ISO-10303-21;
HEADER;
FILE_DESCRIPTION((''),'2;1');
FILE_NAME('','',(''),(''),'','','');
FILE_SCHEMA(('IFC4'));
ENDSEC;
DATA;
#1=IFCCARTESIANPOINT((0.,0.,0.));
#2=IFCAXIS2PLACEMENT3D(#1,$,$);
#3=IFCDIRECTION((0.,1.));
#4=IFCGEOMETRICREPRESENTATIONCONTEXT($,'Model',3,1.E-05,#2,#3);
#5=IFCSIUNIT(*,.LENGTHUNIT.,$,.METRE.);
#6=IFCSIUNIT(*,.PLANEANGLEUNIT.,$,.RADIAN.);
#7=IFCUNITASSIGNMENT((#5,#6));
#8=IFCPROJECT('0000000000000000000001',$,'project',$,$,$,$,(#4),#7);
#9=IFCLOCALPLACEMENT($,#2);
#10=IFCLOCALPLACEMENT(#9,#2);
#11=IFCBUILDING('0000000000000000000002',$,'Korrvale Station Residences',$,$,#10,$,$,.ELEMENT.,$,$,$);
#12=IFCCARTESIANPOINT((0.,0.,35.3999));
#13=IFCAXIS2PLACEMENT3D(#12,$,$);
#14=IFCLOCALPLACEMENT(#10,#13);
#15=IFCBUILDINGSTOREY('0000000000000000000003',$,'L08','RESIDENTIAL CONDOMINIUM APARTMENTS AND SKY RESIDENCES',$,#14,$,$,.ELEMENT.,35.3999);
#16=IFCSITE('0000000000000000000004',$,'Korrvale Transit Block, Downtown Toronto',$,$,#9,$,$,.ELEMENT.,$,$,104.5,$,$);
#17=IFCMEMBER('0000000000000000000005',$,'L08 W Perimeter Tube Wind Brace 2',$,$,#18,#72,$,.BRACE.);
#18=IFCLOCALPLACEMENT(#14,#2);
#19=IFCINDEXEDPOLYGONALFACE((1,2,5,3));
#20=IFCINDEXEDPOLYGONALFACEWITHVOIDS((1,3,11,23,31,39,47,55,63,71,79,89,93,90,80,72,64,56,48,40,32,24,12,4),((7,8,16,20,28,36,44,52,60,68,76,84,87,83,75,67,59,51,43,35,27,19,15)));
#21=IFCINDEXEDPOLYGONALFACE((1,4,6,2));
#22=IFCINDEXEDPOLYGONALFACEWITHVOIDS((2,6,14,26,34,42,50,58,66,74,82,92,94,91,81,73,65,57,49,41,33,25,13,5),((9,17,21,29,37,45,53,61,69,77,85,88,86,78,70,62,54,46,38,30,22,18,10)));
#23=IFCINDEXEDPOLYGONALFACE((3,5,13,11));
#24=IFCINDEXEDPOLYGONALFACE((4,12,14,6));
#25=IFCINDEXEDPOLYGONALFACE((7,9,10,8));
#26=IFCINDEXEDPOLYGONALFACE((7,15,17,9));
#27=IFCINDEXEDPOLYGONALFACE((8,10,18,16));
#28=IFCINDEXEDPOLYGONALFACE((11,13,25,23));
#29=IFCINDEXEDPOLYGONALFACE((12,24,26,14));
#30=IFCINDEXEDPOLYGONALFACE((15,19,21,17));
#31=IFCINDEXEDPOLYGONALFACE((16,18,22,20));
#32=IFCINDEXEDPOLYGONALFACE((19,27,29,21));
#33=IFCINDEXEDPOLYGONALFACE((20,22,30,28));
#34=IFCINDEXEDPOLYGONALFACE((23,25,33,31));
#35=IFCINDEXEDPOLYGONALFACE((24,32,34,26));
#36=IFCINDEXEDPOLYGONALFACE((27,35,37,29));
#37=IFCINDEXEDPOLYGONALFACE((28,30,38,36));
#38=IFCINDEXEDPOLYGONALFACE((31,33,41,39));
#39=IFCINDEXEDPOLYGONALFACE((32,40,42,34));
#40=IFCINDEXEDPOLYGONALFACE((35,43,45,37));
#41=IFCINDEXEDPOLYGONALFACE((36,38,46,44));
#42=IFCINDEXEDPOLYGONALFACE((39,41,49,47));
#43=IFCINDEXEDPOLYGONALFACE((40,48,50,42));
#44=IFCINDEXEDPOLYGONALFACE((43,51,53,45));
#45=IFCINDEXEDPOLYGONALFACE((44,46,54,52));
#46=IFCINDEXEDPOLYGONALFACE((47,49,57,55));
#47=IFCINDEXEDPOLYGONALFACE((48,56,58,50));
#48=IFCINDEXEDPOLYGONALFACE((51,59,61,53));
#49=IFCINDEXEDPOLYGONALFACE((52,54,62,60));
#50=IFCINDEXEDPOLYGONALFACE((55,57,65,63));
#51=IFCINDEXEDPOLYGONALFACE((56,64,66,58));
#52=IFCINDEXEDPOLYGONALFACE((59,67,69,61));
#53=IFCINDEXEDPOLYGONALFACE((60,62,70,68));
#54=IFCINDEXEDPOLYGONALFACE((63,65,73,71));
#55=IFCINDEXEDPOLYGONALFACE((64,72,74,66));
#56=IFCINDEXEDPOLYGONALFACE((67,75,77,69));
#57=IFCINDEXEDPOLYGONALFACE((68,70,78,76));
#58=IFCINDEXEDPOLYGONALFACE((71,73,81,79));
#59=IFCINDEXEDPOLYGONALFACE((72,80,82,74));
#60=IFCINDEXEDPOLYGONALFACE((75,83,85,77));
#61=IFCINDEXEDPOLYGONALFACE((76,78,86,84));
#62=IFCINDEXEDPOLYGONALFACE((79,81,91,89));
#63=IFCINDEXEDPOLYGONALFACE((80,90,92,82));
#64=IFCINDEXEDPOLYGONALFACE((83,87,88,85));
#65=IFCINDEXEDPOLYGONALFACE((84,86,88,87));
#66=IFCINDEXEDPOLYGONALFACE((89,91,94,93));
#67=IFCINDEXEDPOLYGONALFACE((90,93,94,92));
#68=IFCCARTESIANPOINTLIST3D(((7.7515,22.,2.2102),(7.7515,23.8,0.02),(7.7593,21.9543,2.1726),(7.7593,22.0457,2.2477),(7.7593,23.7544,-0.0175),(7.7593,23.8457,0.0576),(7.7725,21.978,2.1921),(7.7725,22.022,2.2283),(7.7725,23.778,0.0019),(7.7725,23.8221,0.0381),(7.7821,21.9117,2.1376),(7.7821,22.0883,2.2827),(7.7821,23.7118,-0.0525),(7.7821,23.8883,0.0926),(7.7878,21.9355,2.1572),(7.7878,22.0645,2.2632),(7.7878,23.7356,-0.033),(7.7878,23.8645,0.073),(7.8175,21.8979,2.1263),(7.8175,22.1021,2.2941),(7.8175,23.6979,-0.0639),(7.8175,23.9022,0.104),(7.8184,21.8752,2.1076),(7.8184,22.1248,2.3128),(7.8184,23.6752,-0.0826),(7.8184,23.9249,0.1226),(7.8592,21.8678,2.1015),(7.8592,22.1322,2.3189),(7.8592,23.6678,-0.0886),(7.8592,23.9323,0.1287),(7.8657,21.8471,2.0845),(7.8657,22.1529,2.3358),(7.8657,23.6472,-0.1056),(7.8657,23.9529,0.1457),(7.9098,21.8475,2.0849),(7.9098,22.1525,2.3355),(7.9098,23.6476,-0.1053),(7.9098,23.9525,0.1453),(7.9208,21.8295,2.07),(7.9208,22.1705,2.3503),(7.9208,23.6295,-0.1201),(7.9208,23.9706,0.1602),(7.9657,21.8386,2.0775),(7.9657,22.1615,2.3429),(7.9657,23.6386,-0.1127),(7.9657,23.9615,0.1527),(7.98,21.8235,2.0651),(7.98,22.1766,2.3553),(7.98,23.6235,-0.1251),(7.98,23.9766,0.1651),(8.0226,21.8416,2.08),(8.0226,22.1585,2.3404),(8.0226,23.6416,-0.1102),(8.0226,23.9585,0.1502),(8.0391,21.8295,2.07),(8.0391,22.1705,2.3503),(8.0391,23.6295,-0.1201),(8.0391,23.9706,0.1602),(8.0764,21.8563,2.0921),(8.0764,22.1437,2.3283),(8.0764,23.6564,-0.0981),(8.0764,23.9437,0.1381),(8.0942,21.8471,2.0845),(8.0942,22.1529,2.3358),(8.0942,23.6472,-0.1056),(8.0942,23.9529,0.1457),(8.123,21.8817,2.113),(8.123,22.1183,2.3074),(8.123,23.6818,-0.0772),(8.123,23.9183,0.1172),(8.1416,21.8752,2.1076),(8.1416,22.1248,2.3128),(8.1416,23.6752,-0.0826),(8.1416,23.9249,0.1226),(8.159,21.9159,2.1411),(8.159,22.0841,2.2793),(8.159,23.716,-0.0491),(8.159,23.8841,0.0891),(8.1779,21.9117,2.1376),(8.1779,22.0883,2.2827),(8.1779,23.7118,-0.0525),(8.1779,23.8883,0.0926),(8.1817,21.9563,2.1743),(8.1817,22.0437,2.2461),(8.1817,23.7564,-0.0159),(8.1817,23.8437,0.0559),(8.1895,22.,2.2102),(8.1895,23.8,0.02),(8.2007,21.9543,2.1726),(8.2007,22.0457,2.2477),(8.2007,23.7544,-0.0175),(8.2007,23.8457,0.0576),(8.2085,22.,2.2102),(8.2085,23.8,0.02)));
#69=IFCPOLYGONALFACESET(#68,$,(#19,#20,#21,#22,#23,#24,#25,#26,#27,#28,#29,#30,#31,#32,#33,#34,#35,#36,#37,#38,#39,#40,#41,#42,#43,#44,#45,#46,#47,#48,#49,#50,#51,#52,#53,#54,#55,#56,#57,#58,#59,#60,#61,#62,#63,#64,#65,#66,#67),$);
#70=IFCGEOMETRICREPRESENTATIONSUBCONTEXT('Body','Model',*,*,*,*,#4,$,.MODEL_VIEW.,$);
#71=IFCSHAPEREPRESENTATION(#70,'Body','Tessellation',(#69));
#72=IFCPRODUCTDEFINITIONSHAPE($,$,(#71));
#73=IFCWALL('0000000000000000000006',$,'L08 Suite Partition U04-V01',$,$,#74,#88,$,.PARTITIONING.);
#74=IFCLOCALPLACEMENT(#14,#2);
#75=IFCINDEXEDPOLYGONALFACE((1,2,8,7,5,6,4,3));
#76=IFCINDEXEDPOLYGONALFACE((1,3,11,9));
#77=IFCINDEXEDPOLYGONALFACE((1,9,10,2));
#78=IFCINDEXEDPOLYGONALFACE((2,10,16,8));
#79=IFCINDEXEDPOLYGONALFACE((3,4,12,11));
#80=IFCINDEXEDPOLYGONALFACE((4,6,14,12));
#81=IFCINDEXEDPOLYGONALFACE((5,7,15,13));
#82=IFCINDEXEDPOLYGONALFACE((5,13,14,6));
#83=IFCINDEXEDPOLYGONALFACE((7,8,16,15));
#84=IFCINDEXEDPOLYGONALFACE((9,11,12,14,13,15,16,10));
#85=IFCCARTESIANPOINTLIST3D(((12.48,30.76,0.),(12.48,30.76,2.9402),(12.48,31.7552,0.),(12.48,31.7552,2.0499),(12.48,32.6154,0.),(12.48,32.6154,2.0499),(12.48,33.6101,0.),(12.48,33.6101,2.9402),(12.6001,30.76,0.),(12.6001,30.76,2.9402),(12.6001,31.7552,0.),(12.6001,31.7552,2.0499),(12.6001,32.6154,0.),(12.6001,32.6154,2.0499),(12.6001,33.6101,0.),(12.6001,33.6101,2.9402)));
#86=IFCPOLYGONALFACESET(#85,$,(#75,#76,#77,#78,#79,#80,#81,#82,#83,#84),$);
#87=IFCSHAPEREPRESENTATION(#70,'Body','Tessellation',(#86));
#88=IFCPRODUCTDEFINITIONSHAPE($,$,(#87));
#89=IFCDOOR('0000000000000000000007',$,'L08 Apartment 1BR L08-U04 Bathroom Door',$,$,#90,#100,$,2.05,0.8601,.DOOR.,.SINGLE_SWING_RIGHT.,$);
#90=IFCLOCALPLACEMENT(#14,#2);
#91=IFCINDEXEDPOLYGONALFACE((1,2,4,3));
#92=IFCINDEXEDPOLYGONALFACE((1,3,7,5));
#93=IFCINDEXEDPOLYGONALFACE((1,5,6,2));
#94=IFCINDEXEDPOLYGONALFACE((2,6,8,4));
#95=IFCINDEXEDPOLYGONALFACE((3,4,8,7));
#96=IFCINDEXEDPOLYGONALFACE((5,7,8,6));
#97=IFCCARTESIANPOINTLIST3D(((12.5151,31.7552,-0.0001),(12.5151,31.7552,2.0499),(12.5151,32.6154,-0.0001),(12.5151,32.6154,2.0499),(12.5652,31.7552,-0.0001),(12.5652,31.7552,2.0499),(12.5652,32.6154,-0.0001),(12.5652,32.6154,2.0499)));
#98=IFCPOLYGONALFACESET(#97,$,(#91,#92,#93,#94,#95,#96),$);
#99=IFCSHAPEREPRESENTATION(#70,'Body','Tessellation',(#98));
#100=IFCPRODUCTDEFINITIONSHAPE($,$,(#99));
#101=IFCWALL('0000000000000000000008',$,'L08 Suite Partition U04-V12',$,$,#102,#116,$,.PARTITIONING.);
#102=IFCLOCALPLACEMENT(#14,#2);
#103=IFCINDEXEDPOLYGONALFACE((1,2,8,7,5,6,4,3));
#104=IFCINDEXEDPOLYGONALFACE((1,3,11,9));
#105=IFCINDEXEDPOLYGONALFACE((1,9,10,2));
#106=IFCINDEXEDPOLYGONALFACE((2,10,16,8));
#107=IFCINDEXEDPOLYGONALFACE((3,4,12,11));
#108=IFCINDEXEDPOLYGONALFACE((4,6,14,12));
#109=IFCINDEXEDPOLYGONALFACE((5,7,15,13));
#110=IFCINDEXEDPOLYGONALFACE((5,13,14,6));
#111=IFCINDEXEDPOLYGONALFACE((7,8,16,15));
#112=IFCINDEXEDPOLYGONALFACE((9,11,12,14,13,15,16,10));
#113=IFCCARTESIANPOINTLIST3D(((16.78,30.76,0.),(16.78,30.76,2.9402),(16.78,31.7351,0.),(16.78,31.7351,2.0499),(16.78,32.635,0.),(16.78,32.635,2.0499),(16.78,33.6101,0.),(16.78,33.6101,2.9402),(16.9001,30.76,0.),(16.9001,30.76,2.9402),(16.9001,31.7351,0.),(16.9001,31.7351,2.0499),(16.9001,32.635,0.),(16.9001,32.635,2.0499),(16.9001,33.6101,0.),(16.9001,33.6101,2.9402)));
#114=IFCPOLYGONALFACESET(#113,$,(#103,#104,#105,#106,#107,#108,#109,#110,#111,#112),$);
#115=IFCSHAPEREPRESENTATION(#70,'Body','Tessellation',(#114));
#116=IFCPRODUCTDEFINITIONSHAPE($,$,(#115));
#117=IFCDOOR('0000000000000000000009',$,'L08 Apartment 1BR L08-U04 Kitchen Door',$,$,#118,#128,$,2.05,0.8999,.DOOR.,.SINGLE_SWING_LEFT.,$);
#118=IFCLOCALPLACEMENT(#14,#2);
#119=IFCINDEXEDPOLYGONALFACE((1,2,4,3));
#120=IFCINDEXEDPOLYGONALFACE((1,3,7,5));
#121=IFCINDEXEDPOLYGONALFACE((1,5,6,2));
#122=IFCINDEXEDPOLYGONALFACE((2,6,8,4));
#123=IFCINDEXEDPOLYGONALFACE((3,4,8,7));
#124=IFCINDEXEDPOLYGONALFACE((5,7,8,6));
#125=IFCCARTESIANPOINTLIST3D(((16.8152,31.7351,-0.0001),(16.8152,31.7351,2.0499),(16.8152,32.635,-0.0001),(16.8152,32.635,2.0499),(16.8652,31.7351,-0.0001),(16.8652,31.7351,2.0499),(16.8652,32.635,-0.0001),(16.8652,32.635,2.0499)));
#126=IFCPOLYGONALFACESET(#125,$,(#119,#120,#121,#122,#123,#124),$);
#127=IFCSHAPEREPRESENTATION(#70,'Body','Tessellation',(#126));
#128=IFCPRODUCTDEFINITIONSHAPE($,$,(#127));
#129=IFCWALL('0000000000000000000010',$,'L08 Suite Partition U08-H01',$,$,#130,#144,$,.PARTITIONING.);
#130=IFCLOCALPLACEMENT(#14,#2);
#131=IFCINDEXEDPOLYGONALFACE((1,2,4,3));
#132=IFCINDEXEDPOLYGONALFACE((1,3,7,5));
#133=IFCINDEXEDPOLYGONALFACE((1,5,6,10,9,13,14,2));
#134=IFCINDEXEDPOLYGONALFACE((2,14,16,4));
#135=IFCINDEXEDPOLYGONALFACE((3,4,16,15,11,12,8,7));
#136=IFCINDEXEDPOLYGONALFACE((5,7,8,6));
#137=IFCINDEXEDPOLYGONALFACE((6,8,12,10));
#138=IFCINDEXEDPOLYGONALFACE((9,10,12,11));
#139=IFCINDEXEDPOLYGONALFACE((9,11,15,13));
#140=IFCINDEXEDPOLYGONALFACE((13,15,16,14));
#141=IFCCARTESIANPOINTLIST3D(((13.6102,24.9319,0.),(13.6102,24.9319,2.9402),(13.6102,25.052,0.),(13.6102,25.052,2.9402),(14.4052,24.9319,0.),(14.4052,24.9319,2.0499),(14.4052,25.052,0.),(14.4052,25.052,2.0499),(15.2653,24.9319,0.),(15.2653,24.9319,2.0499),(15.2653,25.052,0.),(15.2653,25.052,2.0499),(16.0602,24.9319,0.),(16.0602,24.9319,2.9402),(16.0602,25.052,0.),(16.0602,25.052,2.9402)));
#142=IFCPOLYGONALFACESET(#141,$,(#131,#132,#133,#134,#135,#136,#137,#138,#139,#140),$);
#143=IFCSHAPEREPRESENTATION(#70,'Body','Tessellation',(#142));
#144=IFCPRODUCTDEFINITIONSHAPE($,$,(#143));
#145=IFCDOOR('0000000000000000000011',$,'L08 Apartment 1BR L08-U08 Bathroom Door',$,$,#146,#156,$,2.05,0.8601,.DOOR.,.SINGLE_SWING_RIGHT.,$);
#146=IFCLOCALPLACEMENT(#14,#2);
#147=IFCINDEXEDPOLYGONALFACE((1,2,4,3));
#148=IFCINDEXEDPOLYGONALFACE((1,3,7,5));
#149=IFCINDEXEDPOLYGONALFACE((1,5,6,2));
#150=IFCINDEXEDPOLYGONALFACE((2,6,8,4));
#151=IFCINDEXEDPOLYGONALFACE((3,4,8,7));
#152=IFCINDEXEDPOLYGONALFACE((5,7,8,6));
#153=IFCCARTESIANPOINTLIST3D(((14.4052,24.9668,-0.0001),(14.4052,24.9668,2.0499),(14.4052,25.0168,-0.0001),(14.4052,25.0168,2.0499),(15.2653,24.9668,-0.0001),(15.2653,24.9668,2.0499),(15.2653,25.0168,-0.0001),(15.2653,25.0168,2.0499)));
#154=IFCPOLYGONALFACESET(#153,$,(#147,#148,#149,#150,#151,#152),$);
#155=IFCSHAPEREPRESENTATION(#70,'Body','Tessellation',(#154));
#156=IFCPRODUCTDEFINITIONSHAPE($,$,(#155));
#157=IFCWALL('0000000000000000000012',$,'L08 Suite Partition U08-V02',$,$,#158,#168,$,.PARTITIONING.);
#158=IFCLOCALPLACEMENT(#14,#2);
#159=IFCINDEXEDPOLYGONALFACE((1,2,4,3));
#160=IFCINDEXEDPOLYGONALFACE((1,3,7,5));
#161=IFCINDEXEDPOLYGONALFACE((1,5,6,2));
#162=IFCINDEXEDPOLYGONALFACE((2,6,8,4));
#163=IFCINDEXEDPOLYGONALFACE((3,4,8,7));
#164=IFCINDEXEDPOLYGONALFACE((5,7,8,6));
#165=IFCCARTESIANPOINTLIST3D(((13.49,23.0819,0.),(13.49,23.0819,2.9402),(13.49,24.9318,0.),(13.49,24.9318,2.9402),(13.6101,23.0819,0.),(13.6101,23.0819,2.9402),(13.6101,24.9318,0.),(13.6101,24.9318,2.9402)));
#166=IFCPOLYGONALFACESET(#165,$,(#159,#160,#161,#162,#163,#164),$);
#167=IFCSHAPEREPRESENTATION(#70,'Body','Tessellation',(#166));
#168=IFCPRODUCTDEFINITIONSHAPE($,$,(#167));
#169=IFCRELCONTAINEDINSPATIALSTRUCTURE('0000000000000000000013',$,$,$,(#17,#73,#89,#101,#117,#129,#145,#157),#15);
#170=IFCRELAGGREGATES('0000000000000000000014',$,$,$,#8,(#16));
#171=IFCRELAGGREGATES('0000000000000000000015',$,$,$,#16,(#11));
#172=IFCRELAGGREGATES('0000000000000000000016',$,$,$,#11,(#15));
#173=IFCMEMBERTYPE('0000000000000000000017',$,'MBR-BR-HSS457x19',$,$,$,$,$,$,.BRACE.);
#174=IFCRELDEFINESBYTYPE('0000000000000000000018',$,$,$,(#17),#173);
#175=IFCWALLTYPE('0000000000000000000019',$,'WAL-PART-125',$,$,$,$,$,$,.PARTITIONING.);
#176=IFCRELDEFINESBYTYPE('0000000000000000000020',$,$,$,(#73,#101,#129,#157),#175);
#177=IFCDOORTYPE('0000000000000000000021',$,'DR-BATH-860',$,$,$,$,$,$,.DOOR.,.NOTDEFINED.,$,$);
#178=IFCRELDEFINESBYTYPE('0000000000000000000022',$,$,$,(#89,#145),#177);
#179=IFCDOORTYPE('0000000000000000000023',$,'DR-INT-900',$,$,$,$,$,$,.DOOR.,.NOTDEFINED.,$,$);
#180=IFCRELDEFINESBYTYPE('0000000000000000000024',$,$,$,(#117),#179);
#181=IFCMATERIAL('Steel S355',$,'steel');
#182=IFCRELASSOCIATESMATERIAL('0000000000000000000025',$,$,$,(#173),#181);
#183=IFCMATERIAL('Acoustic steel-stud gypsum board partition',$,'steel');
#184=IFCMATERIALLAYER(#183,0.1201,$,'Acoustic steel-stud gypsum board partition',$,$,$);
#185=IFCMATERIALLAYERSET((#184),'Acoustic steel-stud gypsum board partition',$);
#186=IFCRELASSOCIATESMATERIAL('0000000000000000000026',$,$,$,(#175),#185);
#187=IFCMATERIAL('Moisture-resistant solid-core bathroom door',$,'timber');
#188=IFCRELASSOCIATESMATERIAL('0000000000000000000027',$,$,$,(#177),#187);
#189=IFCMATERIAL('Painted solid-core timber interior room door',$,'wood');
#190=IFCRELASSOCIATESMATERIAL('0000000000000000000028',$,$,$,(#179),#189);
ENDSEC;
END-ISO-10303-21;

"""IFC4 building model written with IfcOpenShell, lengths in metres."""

from ifc_helpers import new_model, si_unit, direction, frame, frame_2d, origin, origin_2d, place, context, subcontext, project, spatial, rectangle, hollow_circle, extrude, material, layer, layer_set, material_profile, profile_set, type_object, element, fill, save


model = new_model("IFC4")

# Units and contexts
model_context = context("Model", 3, precision=1e-05, world=origin(), true_north=direction((0.0, 1.0)))
body_context = subcontext(model_context, "Body", "Model", "MODEL_VIEW")
ifc_project = project(units=[si_unit("LENGTHUNIT", "METRE"), si_unit("PLANEANGLEUNIT", "RADIAN")], contexts=[model_context])

# Site, building, storey
site_placement = place(None, origin())
site = spatial("IfcSite", under=ifc_project, at=site_placement, Name="Korrvale Transit Block, Downtown Toronto", CompositionType="ELEMENT", RefElevation=104.5)
building_placement = place(site_placement, origin())
building = spatial("IfcBuilding", under=site, at=building_placement, Name="Korrvale Station Residences", CompositionType="ELEMENT")
storey_placement = place(building_placement, frame((0.0, 0.0, 35.3999)))
storey = spatial("IfcBuildingStorey", under=building, at=storey_placement, Name="L08", Description="RESIDENTIAL CONDOMINIUM APARTMENTS AND SKY RESIDENCES", CompositionType="ELEMENT", Elevation=35.3999)

# Shared definitions
ifc_material_1 = material(Name="Steel S355", Category="steel")

# Member
ifc_material_profile_1 = material_profile(ifc_material_1, hollow_circle(Radius=0.2285, WallThickness=0.019, at=origin_2d()), Name="HSS457x19")
ifc_profile_set_1 = profile_set([ifc_material_profile_1], Name="Steel S355")
member_type = type_object("IfcMemberType", Name="MBR-BR-HSS457x19", PredefinedType="BRACE", material=ifc_profile_set_1)
member_placement = place(storey_placement, frame((7.98, 23.8, 0.02), z_axis=(0.0, -0.634943, 0.772559), x_axis=(1.0, 0.0, 0.0)))
element("IfcMember", 1, at=member_placement, inside=storey, type_object=member_type, Name="L08 W Perimeter Tube Wind Brace 2", PredefinedType="BRACE", context=body_context, shape_type="SweptSolid", body=[
    extrude(hollow_circle(Radius=0.2285, WallThickness=0.019, at=origin_2d()), origin(), (0.0, 0.0, 1.0), 2.835),
])

# Walls, openings, doors
ifc_material_2 = material(Name="Acoustic steel-stud gypsum board partition", Category="steel")
ifc_layer_1 = layer(ifc_material_2, 0.1201, Name="Acoustic steel-stud gypsum board partition")
ifc_layer_set_1 = layer_set([ifc_layer_1], Name="Acoustic steel-stud gypsum board partition")
wall_type_1 = type_object("IfcWallType", Name="WAL-PART-125", PredefinedType="PARTITIONING", material=ifc_layer_set_1)
wall_1_placement = place(storey_placement, frame((12.54, 30.76, 0.0), z_axis=(0.0, 0.0, 1.0), x_axis=(0.0, 1.0, 0.0)))
wall_1 = element("IfcWall", 2, at=wall_1_placement, inside=storey, type_object=wall_type_1, Name="L08 Suite Partition U04-V01", PredefinedType="PARTITIONING", context=body_context, shape_type="SweptSolid", body=[
    extrude(rectangle(XDim=2.8501, YDim=0.1201, at=frame_2d((1.425, 0.0))), origin(), (0.0, 0.0, 1.0), 2.9402),
])
opening_1_placement = place(wall_1_placement, frame((0.9951, 0.0, 0.0)))
opening_1 = element("IfcOpeningElement", 3, at=opening_1_placement, cuts=wall_1, PredefinedType="OPENING", context=body_context, shape_type="SweptSolid", body=[
    extrude(rectangle(XDim=0.8601, YDim=2.05, at=frame_2d((0.4302, 1.0249))), frame((0.0, 0.0701, 0.0), z_axis=(0.0, -1.0, 0.0), x_axis=(1.0, 0.0, 0.0)), (0.0, 0.0, 1.0), 0.1401),
])
ifc_material_3 = material(Name="Moisture-resistant solid-core bathroom door", Category="timber")
door_type_1 = type_object("IfcDoorType", Name="DR-BATH-860", OperationType="NOTDEFINED", PredefinedType="DOOR", material=ifc_material_3)
door_1_placement = place(opening_1_placement, origin())
door_1 = element("IfcDoor", 4, at=door_1_placement, inside=storey, type_object=door_type_1, Name="L08 Apartment 1BR L08-U04 Bathroom Door", OperationType="SINGLE_SWING_RIGHT", OverallHeight=2.05, OverallWidth=0.8601, PredefinedType="DOOR", context=body_context, shape_type="SweptSolid", body=[
    extrude(rectangle(XDim=0.8601, YDim=2.05, at=frame_2d((0.4302, 1.0249))), frame((0.0, 0.0249, 0.0), z_axis=(0.0, -1.0, 0.0), x_axis=(1.0, 0.0, 0.0)), (0.0, 0.0, 1.0), 0.05),
])
fill(opening_1, door_1)
wall_2_placement = place(storey_placement, frame((16.8401, 30.76, 0.0), z_axis=(0.0, 0.0, 1.0), x_axis=(0.0, 1.0, 0.0)))
wall_2 = element("IfcWall", 5, at=wall_2_placement, inside=storey, type_object=wall_type_1, Name="L08 Suite Partition U04-V12", PredefinedType="PARTITIONING", context=body_context, shape_type="SweptSolid", body=[
    extrude(rectangle(XDim=2.8501, YDim=0.1201, at=frame_2d((1.425, 0.0))), origin(), (0.0, 0.0, 1.0), 2.9402),
])
opening_2_placement = place(wall_2_placement, frame((0.9751, 0.0, 0.0)))
opening_2 = element("IfcOpeningElement", 6, at=opening_2_placement, cuts=wall_2, PredefinedType="OPENING", context=body_context, shape_type="SweptSolid", body=[
    extrude(rectangle(XDim=0.8999, YDim=2.05, at=frame_2d((0.45, 1.0249))), frame((0.0, 0.0701, 0.0), z_axis=(0.0, -1.0, 0.0), x_axis=(1.0, 0.0, 0.0)), (0.0, 0.0, 1.0), 0.1401),
])
ifc_material_4 = material(Name="Painted solid-core timber interior room door", Category="wood")
door_type_2 = type_object("IfcDoorType", Name="DR-INT-900", OperationType="NOTDEFINED", PredefinedType="DOOR", material=ifc_material_4)
door_2_placement = place(opening_2_placement, origin())
door_2 = element("IfcDoor", 7, at=door_2_placement, inside=storey, type_object=door_type_2, Name="L08 Apartment 1BR L08-U04 Kitchen Door", OperationType="SINGLE_SWING_LEFT", OverallHeight=2.05, OverallWidth=0.8999, PredefinedType="DOOR", context=body_context, shape_type="SweptSolid", body=[
    extrude(rectangle(XDim=0.8999, YDim=2.05, at=frame_2d((0.45, 1.0249))), frame((0.0, 0.0249, 0.0), z_axis=(0.0, -1.0, 0.0), x_axis=(1.0, 0.0, 0.0)), (0.0, 0.0, 1.0), 0.05),
])
fill(opening_2, door_2)
wall_3_placement = place(storey_placement, frame((13.6101, 24.9919, 0.0), z_axis=(0.0, 0.0, 1.0), x_axis=(1.0, 0.0, 0.0)))
wall_3 = element("IfcWall", 8, at=wall_3_placement, inside=storey, type_object=wall_type_1, Name="L08 Suite Partition U08-H01", PredefinedType="PARTITIONING", context=body_context, shape_type="SweptSolid", body=[
    extrude(rectangle(XDim=2.45, YDim=0.1201, at=frame_2d((1.2251, 0.0))), origin(), (0.0, 0.0, 1.0), 2.9402),
])
opening_3_placement = place(wall_3_placement, frame((0.7949, 0.0, 0.0)))
opening_3 = element("IfcOpeningElement", 9, at=opening_3_placement, cuts=wall_3, PredefinedType="OPENING", context=body_context, shape_type="SweptSolid", body=[
    extrude(rectangle(XDim=0.8601, YDim=2.05, at=frame_2d((0.4302, 1.0249))), frame((0.0, 0.0701, 0.0), z_axis=(0.0, -1.0, 0.0), x_axis=(1.0, 0.0, 0.0)), (0.0, 0.0, 1.0), 0.1401),
])
door_3_placement = place(opening_3_placement, origin())
door_3 = element("IfcDoor", 10, at=door_3_placement, inside=storey, type_object=door_type_1, Name="L08 Apartment 1BR L08-U08 Bathroom Door", OperationType="SINGLE_SWING_RIGHT", OverallHeight=2.05, OverallWidth=0.8601, PredefinedType="DOOR", context=body_context, shape_type="SweptSolid", body=[
    extrude(rectangle(XDim=0.8601, YDim=2.05, at=frame_2d((0.4302, 1.0249))), frame((0.0, 0.0249, 0.0), z_axis=(0.0, -1.0, 0.0), x_axis=(1.0, 0.0, 0.0)), (0.0, 0.0, 1.0), 0.05),
])
fill(opening_3, door_3)

# Wall
wall_4_placement = place(storey_placement, frame((13.55, 23.082, 0.0), z_axis=(0.0, 0.0, 1.0), x_axis=(0.0, 1.0, 0.0)))
element("IfcWall", 11, at=wall_4_placement, inside=storey, type_object=wall_type_1, Name="L08 Suite Partition U08-V02", PredefinedType="PARTITIONING", context=body_context, shape_type="SweptSolid", body=[
    extrude(rectangle(XDim=1.8499, YDim=0.1201, at=frame_2d((0.9248, 0.0))), origin(), (0.0, 0.0, 1.0), 2.9402),
])

save(model, "model.ifc")
